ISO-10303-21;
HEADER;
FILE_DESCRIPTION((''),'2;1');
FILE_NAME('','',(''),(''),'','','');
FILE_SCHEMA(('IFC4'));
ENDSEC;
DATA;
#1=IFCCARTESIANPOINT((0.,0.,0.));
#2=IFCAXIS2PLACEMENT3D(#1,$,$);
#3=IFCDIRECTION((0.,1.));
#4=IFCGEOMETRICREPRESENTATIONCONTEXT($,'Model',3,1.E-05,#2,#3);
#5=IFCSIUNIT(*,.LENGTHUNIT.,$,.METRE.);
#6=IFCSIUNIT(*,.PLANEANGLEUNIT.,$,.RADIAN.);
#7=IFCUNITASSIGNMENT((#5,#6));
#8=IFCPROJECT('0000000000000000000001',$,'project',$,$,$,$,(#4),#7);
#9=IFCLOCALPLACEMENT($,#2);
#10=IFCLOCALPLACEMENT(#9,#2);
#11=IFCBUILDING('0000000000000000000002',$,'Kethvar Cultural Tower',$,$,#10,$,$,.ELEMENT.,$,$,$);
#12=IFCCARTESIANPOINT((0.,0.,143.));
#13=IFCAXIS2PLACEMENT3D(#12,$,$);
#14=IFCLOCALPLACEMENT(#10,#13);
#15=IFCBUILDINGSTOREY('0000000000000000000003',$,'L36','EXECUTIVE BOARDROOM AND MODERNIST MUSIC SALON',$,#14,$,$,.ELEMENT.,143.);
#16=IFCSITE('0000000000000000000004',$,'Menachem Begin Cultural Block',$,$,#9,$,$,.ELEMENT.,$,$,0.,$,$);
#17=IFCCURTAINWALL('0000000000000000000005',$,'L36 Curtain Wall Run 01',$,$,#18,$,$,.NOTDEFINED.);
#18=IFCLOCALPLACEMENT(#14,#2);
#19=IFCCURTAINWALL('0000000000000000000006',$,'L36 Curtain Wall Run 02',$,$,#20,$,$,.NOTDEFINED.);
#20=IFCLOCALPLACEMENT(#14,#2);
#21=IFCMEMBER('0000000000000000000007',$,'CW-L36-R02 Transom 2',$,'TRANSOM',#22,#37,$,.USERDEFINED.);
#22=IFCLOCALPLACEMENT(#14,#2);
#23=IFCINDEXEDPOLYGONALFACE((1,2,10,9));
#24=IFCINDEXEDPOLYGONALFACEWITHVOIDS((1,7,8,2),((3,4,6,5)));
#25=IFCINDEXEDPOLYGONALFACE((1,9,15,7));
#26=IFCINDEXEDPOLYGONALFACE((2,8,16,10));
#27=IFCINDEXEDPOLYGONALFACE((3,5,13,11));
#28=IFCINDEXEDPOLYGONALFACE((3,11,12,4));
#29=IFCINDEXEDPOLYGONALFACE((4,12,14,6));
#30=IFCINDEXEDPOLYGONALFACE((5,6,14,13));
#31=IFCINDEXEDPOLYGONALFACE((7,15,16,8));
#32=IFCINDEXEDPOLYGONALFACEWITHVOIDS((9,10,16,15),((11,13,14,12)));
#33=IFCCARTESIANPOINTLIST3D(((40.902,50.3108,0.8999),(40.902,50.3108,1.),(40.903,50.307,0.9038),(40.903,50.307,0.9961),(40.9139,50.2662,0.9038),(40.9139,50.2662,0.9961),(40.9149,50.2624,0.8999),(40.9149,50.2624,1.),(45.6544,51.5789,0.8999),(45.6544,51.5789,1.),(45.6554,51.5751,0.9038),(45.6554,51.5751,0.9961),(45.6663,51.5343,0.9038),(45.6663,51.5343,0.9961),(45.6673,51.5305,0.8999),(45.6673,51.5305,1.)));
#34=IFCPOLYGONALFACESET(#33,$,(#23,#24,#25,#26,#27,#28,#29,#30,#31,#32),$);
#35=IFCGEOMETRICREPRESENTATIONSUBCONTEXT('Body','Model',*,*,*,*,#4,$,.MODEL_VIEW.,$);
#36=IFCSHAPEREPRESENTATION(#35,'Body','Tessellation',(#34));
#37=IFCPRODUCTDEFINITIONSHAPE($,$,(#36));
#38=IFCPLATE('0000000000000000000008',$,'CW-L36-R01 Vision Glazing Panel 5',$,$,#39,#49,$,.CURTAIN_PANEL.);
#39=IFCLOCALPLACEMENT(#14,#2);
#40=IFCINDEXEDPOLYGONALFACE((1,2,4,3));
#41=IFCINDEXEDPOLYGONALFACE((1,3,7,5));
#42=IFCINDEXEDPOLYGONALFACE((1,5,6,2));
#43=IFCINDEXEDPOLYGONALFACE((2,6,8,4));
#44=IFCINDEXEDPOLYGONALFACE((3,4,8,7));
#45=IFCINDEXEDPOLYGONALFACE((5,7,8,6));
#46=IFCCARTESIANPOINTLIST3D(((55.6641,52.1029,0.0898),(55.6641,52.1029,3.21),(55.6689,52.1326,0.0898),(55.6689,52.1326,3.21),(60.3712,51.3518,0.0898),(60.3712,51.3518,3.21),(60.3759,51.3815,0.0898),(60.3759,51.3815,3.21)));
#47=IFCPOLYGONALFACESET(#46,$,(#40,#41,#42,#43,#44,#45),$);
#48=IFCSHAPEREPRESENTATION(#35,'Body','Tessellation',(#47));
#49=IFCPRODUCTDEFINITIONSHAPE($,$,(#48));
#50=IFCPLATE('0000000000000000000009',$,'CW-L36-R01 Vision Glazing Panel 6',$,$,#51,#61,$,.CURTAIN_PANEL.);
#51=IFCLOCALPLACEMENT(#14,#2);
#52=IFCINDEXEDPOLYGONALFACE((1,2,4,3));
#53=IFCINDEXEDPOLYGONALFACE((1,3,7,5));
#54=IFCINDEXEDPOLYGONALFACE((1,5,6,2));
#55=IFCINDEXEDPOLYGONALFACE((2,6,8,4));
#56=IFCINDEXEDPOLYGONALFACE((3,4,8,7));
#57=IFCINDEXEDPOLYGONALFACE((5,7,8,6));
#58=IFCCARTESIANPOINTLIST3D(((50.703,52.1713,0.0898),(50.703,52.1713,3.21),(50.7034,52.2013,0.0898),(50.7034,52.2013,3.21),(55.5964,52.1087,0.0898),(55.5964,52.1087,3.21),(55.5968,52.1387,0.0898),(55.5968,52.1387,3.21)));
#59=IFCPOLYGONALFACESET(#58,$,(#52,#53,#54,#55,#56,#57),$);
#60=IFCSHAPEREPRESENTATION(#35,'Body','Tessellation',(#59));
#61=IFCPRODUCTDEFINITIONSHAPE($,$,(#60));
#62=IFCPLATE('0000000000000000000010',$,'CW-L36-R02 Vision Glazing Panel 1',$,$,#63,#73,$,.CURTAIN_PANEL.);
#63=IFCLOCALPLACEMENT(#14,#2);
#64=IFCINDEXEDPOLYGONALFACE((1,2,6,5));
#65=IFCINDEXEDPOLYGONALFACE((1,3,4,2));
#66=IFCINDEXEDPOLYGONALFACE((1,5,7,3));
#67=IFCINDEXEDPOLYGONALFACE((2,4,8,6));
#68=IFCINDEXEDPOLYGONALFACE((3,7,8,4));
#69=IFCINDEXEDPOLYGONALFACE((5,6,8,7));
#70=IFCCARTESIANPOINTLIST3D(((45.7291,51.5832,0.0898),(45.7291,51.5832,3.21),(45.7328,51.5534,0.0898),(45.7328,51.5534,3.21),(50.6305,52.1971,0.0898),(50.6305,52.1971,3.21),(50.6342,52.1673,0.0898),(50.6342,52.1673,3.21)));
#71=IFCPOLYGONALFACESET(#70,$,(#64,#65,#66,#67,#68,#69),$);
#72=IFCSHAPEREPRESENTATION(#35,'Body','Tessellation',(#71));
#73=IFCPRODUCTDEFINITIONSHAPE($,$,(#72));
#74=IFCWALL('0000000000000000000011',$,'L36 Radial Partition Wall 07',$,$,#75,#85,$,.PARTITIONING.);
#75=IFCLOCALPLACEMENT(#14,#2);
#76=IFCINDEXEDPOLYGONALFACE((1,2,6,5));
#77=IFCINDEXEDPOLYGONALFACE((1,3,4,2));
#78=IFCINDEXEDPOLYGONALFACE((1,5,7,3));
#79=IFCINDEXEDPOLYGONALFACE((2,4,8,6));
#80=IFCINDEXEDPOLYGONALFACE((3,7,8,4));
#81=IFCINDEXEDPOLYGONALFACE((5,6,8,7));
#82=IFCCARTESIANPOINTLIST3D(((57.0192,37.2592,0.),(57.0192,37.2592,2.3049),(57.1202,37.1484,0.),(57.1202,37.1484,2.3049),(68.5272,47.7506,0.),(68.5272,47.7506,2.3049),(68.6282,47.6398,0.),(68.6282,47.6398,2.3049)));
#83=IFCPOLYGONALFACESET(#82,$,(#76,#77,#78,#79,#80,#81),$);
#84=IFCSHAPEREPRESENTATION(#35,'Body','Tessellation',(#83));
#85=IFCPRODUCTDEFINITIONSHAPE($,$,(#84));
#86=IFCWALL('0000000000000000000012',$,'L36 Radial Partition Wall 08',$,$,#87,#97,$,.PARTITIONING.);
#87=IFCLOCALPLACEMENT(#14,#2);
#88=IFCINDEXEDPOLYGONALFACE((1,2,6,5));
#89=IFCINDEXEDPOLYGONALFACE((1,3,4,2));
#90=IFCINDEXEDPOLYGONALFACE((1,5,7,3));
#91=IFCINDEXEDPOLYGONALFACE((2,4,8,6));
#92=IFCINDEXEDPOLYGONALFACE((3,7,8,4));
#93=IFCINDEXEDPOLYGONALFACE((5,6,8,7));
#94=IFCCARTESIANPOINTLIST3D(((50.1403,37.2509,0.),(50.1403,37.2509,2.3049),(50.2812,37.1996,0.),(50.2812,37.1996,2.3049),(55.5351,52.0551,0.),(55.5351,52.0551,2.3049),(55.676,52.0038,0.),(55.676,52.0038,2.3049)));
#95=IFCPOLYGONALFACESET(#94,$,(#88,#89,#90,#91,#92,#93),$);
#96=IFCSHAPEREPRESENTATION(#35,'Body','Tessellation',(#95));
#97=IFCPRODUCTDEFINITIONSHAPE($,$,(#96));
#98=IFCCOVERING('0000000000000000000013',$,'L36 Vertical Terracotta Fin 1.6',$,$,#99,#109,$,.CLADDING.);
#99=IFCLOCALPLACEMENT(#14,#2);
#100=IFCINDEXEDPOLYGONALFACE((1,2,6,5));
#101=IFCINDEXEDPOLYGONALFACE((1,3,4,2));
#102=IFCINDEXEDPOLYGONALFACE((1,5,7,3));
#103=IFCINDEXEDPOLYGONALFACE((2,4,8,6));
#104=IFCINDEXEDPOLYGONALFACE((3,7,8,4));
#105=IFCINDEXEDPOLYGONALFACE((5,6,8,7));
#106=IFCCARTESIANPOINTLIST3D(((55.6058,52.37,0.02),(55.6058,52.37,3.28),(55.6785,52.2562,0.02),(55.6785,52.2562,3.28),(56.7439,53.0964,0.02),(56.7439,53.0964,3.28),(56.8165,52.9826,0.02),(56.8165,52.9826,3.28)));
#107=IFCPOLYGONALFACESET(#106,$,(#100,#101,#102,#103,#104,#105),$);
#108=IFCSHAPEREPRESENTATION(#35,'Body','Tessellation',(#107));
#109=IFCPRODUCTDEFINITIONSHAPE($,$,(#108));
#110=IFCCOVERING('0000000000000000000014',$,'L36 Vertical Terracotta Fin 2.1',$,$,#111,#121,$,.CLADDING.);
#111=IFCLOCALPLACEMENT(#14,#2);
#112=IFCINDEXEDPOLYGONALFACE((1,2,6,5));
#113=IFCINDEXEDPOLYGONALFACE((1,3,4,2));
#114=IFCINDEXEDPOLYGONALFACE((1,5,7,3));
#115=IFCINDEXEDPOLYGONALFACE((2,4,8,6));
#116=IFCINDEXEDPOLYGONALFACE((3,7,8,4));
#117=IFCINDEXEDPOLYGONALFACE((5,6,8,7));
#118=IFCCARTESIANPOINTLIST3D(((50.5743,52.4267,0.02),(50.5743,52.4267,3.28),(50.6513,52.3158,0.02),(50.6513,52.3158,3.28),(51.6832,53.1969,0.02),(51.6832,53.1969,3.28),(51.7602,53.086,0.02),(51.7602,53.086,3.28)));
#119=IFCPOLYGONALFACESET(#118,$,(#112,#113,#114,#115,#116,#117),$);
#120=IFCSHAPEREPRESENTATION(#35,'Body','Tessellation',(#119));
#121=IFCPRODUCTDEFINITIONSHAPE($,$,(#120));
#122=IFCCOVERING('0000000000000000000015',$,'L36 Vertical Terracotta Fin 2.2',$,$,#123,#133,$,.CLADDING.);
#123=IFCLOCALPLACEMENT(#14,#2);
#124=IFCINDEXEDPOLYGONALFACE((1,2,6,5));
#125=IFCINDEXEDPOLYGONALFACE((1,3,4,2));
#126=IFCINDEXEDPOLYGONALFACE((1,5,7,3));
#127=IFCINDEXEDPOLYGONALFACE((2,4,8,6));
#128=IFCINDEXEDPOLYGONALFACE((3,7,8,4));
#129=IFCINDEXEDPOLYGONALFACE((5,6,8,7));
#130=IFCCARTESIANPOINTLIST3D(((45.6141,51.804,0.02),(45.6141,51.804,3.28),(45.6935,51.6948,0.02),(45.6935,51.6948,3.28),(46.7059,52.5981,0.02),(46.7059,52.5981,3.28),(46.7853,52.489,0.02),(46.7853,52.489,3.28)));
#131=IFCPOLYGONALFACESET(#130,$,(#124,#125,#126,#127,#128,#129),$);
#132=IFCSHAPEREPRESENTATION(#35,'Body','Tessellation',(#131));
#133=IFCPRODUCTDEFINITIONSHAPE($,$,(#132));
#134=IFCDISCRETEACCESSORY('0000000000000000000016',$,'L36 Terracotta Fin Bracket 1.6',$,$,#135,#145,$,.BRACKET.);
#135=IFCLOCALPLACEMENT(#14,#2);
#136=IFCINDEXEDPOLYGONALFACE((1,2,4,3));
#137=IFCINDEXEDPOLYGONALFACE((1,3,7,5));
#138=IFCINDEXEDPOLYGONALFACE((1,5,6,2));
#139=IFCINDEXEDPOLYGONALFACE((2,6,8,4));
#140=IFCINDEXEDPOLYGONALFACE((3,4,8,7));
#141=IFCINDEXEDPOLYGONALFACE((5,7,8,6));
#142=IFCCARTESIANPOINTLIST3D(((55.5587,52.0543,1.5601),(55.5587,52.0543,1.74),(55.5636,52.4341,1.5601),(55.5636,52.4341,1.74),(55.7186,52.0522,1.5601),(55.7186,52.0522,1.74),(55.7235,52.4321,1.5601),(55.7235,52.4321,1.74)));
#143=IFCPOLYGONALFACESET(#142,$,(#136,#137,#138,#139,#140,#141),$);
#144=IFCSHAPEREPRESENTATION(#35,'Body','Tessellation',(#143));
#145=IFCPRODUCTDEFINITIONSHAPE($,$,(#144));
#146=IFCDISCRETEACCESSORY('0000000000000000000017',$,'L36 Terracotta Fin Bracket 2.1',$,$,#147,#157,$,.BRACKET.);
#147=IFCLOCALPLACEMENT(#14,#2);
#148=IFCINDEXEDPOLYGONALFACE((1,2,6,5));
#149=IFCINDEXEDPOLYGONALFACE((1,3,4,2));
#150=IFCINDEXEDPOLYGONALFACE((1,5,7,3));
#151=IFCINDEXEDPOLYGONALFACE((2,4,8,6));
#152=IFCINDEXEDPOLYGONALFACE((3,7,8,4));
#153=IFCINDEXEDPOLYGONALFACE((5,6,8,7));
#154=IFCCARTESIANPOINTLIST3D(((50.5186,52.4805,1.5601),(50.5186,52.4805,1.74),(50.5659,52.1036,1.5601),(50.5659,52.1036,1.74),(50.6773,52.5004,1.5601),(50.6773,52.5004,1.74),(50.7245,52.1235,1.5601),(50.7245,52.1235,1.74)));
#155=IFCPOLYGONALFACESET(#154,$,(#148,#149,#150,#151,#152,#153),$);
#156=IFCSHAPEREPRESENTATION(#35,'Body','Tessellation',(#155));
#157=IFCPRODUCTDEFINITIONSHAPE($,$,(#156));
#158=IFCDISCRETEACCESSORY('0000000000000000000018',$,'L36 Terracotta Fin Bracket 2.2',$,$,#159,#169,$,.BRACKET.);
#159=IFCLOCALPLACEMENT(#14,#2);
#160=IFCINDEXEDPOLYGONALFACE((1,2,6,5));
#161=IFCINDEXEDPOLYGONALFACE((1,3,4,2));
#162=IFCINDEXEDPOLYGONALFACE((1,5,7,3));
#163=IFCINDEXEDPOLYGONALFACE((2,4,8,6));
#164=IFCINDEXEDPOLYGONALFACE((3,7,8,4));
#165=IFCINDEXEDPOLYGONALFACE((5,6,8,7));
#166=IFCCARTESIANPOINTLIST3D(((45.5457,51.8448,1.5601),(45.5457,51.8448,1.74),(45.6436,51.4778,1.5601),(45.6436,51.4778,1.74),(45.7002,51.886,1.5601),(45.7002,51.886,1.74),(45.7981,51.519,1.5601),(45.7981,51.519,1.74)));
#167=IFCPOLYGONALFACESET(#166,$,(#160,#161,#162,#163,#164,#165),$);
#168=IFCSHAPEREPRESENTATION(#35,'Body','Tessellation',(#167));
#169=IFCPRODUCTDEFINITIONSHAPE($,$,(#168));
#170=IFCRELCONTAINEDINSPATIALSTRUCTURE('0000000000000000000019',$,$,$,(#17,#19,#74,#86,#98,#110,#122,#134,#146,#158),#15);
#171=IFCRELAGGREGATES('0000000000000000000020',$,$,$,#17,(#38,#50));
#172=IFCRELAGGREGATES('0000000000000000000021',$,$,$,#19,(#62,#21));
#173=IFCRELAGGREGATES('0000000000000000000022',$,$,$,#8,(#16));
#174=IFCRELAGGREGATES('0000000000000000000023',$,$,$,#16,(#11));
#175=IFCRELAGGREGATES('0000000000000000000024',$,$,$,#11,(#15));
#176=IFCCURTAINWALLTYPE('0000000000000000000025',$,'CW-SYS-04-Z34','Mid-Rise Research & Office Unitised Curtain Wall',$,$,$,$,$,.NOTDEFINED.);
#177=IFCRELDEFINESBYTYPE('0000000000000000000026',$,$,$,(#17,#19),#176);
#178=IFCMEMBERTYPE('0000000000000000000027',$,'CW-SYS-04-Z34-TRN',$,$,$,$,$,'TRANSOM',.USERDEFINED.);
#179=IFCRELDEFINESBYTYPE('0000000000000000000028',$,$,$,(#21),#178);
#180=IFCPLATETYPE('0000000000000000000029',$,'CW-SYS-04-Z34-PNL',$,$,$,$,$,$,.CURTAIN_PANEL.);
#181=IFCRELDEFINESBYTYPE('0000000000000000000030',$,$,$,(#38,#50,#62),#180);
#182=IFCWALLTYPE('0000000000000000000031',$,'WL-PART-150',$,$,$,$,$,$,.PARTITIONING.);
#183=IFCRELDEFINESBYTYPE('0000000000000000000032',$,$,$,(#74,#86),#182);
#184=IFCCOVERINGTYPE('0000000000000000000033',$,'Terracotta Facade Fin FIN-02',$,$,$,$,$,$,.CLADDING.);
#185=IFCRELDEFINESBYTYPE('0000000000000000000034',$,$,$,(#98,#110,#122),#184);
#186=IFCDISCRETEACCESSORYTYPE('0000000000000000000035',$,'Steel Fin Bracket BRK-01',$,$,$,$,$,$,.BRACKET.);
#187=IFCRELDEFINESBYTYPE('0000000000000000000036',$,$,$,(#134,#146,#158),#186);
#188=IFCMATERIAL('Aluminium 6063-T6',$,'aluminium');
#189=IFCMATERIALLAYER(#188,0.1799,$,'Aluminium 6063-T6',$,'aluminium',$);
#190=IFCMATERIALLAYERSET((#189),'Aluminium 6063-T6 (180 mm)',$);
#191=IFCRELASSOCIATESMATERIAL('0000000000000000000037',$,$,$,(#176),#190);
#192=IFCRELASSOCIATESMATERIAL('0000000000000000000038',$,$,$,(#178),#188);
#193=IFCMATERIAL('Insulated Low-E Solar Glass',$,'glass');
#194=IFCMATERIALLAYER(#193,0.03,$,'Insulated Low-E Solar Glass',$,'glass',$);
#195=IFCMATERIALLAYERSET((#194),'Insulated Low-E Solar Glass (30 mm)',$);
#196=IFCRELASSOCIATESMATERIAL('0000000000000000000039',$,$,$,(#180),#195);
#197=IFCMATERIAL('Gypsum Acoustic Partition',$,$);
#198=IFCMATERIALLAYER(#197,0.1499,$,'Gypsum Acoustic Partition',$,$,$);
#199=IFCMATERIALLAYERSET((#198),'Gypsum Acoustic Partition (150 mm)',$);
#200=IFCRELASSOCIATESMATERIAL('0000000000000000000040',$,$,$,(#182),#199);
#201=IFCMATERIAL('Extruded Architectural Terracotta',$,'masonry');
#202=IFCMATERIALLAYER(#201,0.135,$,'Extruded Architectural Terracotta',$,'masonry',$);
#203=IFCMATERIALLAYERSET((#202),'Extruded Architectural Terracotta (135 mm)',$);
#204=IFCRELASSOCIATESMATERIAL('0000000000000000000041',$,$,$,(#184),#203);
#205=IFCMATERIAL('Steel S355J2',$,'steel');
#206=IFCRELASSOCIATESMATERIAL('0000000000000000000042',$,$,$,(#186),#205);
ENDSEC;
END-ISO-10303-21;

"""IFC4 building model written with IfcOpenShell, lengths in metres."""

from ifc_helpers import new_model, si_unit, direction, frame, frame_2d, origin, origin_2d, place, context, subcontext, project, spatial, rectangle, hollow_rectangle, extrude, source, transform, mapped, material, layer, layer_set, material_profile, profile_set, type_object, element, aggregate, save


model = new_model("IFC4")

# Units and contexts
model_context = context("Model", 3, precision=1e-05, world=origin(), true_north=direction((0.0, 1.0)))
body_context = subcontext(model_context, "Body", "Model", "MODEL_VIEW")
ifc_project = project(units=[si_unit("LENGTHUNIT", "METRE"), si_unit("PLANEANGLEUNIT", "RADIAN")], contexts=[model_context])

# Site, building, storey
site_placement = place(None, origin())
site = spatial("IfcSite", under=ifc_project, at=site_placement, Name="Menachem Begin Cultural Block", CompositionType="ELEMENT", RefElevation=0.0)
building_placement = place(site_placement, origin())
building = spatial("IfcBuilding", under=site, at=building_placement, Name="Kethvar Cultural Tower", CompositionType="ELEMENT")
storey_placement = place(building_placement, frame((0.0, 0.0, 143.0)))
storey = spatial("IfcBuildingStorey", under=building, at=storey_placement, Name="L36", Description="EXECUTIVE BOARDROOM AND MODERNIST MUSIC SALON", CompositionType="ELEMENT", Elevation=143.0)

# Shared definitions
ifc_material_1 = material(Name="Steel S355J2", Category="steel")

# Curtain walls
ifc_material_2 = material(Name="Aluminium 6063-T6", Category="aluminium")
ifc_layer_1 = layer(ifc_material_2, 0.1799, Name="Aluminium 6063-T6", Category="aluminium")
ifc_layer_set_1 = layer_set([ifc_layer_1], Name="Aluminium 6063-T6 (180 mm)")
curtain_wall_type = type_object("IfcCurtainWallType", Name="CW-SYS-04-Z34", Description="Mid-Rise Research & Office Unitised Curtain Wall", PredefinedType="NOTDEFINED", material=ifc_layer_set_1)
curtain_wall_1_placement = place(storey_placement, origin())
curtain_wall_1 = element("IfcCurtainWall", 1, at=curtain_wall_1_placement, inside=storey, type_object=curtain_wall_type, Name="L36 Curtain Wall Run 01", PredefinedType="NOTDEFINED")
curtain_wall_2_placement = place(storey_placement, origin())
curtain_wall_2 = element("IfcCurtainWall", 2, at=curtain_wall_2_placement, inside=storey, type_object=curtain_wall_type, Name="L36 Curtain Wall Run 02", PredefinedType="NOTDEFINED")

# Member
ifc_material_profile_1 = material_profile(ifc_material_2, hollow_rectangle(XDim=0.05, YDim=0.1001, WallThickness=0.0039, at=origin_2d()), Name="Aluminium 6063-T6 — RHS100x50x4")
ifc_profile_set_1 = profile_set([ifc_material_profile_1], Name="Aluminium 6063-T6 — RHS100x50x4")
member_type_1 = type_object("IfcMemberType", Name="CW-SYS-04-Z34-TRN", ElementType="TRANSOM", PredefinedType="USERDEFINED", material=ifc_profile_set_1)
shared_shape_1 = source(origin(), body_context, "Body", "SweptSolid", [
    extrude(hollow_rectangle(XDim=0.05, YDim=0.1001, WallThickness=0.0039, at=origin_2d()), origin(), (0.0, 0.0, 1.0), 4.9187),
])
member_1_placement = place(storey_placement, frame((45.6609, 51.5547, 0.95), z_axis=(-0.966197, -0.257805, 0.0), x_axis=(0.257805, -0.966197, 0.0)))
member_1 = element("IfcMember", 3, at=member_1_placement, type_object=member_type_1, Name="CW-L36-R02 Transom 2", ObjectType="TRANSOM", PredefinedType="USERDEFINED", context=body_context, shape_type="MappedRepresentation", body=[
    mapped(shared_shape_1, transform((0.0, 0.0, 0.0), scale=1.0)),
])

# Plates
ifc_material_3 = material(Name="Insulated Low-E Solar Glass", Category="glass")
ifc_layer_2 = layer(ifc_material_3, 0.03, Name="Insulated Low-E Solar Glass", Category="glass")
ifc_layer_set_2 = layer_set([ifc_layer_2], Name="Insulated Low-E Solar Glass (30 mm)")
plate_type = type_object("IfcPlateType", Name="CW-SYS-04-Z34-PNL", PredefinedType="CURTAIN_PANEL", material=ifc_layer_set_2)
shared_shape_2 = source(origin(), body_context, "Body", "SweptSolid", [
    extrude(rectangle(XDim=4.7666, YDim=0.03, at=origin_2d()), origin(), (0.0, 0.0, 1.0), 3.1201),
])
plate_1_placement = place(storey_placement, frame((58.02, 51.7422, 0.0898), z_axis=(0.0, 0.0, 1.0), x_axis=(-0.987507, 0.157572, 0.0)))
plate_1 = element("IfcPlate", 4, at=plate_1_placement, type_object=plate_type, Name="CW-L36-R01 Vision Glazing Panel 5", PredefinedType="CURTAIN_PANEL", context=body_context, shape_type="MappedRepresentation", body=[
    mapped(shared_shape_2, transform((0.0, 0.0, 0.0), scale=1.0)),
])
shared_shape_3 = source(origin(), body_context, "Body", "SweptSolid", [
    extrude(rectangle(XDim=4.8938, YDim=0.03, at=origin_2d()), origin(), (0.0, 0.0, 1.0), 3.1201),
])
plate_2_placement = place(storey_placement, frame((53.1499, 52.155, 0.0898), z_axis=(0.0, 0.0, 1.0), x_axis=(-0.999918, 0.012793, 0.0)))
plate_2 = element("IfcPlate", 5, at=plate_2_placement, type_object=plate_type, Name="CW-L36-R01 Vision Glazing Panel 6", PredefinedType="CURTAIN_PANEL", context=body_context, shape_type="MappedRepresentation", body=[
    mapped(shared_shape_3, transform((0.0, 0.0, 0.0), scale=1.0)),
])
aggregate(curtain_wall_1, [plate_1, plate_2])
shared_shape_4 = source(origin(), body_context, "Body", "SweptSolid", [
    extrude(rectangle(XDim=4.9397, YDim=0.03, at=origin_2d()), origin(), (0.0, 0.0, 1.0), 3.1201),
])
plate_3_placement = place(storey_placement, frame((48.1816, 51.8752, 0.0898), z_axis=(0.0, 0.0, 1.0), x_axis=(-0.992248, -0.124277, 0.0)))
plate_3 = element("IfcPlate", 6, at=plate_3_placement, type_object=plate_type, Name="CW-L36-R02 Vision Glazing Panel 1", PredefinedType="CURTAIN_PANEL", context=body_context, shape_type="MappedRepresentation", body=[
    mapped(shared_shape_4, transform((0.0, 0.0, 0.0), scale=1.0)),
])
aggregate(curtain_wall_2, [plate_3, member_1])

# Walls
ifc_material_4 = material(Name="Gypsum Acoustic Partition")
ifc_layer_3 = layer(ifc_material_4, 0.1499, Name="Gypsum Acoustic Partition")
ifc_layer_set_3 = layer_set([ifc_layer_3], Name="Gypsum Acoustic Partition (150 mm)")
wall_type_1 = type_object("IfcWallType", Name="WL-PART-150", PredefinedType="PARTITIONING", material=ifc_layer_set_3)
wall_1_placement = place(storey_placement, frame((57.0698, 37.2039, 0.0), z_axis=(0.0, 0.0, 1.0), x_axis=(0.738994, 0.673712, 0.0)))
element("IfcWall", 7, at=wall_1_placement, inside=storey, type_object=wall_type_1, Name="L36 Radial Partition Wall 07", PredefinedType="PARTITIONING", context=body_context, shape_type="SweptSolid", body=[
    extrude(rectangle(XDim=15.5725, YDim=0.1499, at=frame_2d((7.7861, 0.0))), origin(), (0.0, 0.0, 1.0), 2.3049),
])
wall_2_placement = place(storey_placement, frame((50.2107, 37.2251, 0.0), z_axis=(0.0, 0.0, 1.0), x_axis=(0.342384, 0.93956, 0.0)))
element("IfcWall", 8, at=wall_2_placement, inside=storey, type_object=wall_type_1, Name="L36 Radial Partition Wall 08", PredefinedType="PARTITIONING", context=body_context, shape_type="SweptSolid", body=[
    extrude(rectangle(XDim=15.7566, YDim=0.1499, at=frame_2d((7.8784, 0.0))), origin(), (0.0, 0.0, 1.0), 2.3049),
])

# Coverings
ifc_material_5 = material(Name="Extruded Architectural Terracotta", Category="masonry")
ifc_layer_4 = layer(ifc_material_5, 0.135, Name="Extruded Architectural Terracotta", Category="masonry")
ifc_layer_set_4 = layer_set([ifc_layer_4], Name="Extruded Architectural Terracotta (135 mm)")
covering_type = type_object("IfcCoveringType", Name="Terracotta Facade Fin FIN-02", PredefinedType="CLADDING", material=ifc_layer_set_4)
shared_shape_5 = source(origin(), body_context, "Body", "SweptSolid", [
    extrude(rectangle(XDim=1.3501, YDim=0.135, at=origin_2d()), origin(), (0.0, 0.0, 1.0), 3.26),
])
for number, where, z_axis, x_axis, name in (
    (9, (56.2112, 52.6763, 0.02), (0.0, 0.0, 1.0), (0.842922, 0.538035, 0.0), "L36 Vertical Terracotta Fin 1.6"),
    (10, (51.1672, 52.7563, 0.02), (0.0, 0.0, 1.0), (0.821348, 0.570427, 0.0), "L36 Vertical Terracotta Fin 2.1"),
    (11, (46.1997, 52.1465, 0.02), (0.0, 0.0, 1.0), (0.808709, 0.588209, 0.0), "L36 Vertical Terracotta Fin 2.2"),
):
    element("IfcCovering", number, at=place(storey_placement, frame(where, z_axis=z_axis, x_axis=x_axis)), inside=storey, type_object=covering_type, Name=name, PredefinedType="CLADDING", context=body_context, shape_type="MappedRepresentation", body=[
        mapped(shared_shape_5, transform((0.0, 0.0, 0.0), scale=1.0)),
    ])

# Discrete accessories
discrete_accessory_type = type_object("IfcDiscreteAccessoryType", Name="Steel Fin Bracket BRK-01", PredefinedType="BRACKET", material=ifc_material_1)
shared_shape_6 = source(origin(), body_context, "Body", "SweptSolid", [
    extrude(rectangle(XDim=0.3799, YDim=0.1599, at=origin_2d()), origin(), (0.0, 0.0, 1.0), 0.1799),
])
for number, where, z_axis, x_axis, name in (
    (12, (55.6411, 52.2432, 1.5601), (0.0, 0.0, 1.0), (0.012741, 0.999919, 0.0), "L36 Terracotta Fin Bracket 1.6"),
    (13, (50.6216, 52.302, 1.5601), (0.0, 0.0, 1.0), (-0.124294, 0.992245, 0.0), "L36 Terracotta Fin Bracket 2.1"),
    (14, (45.6719, 51.6819, 1.5601), (0.0, 0.0, 1.0), (-0.257807, 0.966196, 0.0), "L36 Terracotta Fin Bracket 2.2"),
):
    element("IfcDiscreteAccessory", number, at=place(storey_placement, frame(where, z_axis=z_axis, x_axis=x_axis)), inside=storey, type_object=discrete_accessory_type, Name=name, PredefinedType="BRACKET", context=body_context, shape_type="MappedRepresentation", body=[
        mapped(shared_shape_6, transform((0.0, 0.0, 0.0), scale=1.0)),
    ])

save(model, "model.ifc")
